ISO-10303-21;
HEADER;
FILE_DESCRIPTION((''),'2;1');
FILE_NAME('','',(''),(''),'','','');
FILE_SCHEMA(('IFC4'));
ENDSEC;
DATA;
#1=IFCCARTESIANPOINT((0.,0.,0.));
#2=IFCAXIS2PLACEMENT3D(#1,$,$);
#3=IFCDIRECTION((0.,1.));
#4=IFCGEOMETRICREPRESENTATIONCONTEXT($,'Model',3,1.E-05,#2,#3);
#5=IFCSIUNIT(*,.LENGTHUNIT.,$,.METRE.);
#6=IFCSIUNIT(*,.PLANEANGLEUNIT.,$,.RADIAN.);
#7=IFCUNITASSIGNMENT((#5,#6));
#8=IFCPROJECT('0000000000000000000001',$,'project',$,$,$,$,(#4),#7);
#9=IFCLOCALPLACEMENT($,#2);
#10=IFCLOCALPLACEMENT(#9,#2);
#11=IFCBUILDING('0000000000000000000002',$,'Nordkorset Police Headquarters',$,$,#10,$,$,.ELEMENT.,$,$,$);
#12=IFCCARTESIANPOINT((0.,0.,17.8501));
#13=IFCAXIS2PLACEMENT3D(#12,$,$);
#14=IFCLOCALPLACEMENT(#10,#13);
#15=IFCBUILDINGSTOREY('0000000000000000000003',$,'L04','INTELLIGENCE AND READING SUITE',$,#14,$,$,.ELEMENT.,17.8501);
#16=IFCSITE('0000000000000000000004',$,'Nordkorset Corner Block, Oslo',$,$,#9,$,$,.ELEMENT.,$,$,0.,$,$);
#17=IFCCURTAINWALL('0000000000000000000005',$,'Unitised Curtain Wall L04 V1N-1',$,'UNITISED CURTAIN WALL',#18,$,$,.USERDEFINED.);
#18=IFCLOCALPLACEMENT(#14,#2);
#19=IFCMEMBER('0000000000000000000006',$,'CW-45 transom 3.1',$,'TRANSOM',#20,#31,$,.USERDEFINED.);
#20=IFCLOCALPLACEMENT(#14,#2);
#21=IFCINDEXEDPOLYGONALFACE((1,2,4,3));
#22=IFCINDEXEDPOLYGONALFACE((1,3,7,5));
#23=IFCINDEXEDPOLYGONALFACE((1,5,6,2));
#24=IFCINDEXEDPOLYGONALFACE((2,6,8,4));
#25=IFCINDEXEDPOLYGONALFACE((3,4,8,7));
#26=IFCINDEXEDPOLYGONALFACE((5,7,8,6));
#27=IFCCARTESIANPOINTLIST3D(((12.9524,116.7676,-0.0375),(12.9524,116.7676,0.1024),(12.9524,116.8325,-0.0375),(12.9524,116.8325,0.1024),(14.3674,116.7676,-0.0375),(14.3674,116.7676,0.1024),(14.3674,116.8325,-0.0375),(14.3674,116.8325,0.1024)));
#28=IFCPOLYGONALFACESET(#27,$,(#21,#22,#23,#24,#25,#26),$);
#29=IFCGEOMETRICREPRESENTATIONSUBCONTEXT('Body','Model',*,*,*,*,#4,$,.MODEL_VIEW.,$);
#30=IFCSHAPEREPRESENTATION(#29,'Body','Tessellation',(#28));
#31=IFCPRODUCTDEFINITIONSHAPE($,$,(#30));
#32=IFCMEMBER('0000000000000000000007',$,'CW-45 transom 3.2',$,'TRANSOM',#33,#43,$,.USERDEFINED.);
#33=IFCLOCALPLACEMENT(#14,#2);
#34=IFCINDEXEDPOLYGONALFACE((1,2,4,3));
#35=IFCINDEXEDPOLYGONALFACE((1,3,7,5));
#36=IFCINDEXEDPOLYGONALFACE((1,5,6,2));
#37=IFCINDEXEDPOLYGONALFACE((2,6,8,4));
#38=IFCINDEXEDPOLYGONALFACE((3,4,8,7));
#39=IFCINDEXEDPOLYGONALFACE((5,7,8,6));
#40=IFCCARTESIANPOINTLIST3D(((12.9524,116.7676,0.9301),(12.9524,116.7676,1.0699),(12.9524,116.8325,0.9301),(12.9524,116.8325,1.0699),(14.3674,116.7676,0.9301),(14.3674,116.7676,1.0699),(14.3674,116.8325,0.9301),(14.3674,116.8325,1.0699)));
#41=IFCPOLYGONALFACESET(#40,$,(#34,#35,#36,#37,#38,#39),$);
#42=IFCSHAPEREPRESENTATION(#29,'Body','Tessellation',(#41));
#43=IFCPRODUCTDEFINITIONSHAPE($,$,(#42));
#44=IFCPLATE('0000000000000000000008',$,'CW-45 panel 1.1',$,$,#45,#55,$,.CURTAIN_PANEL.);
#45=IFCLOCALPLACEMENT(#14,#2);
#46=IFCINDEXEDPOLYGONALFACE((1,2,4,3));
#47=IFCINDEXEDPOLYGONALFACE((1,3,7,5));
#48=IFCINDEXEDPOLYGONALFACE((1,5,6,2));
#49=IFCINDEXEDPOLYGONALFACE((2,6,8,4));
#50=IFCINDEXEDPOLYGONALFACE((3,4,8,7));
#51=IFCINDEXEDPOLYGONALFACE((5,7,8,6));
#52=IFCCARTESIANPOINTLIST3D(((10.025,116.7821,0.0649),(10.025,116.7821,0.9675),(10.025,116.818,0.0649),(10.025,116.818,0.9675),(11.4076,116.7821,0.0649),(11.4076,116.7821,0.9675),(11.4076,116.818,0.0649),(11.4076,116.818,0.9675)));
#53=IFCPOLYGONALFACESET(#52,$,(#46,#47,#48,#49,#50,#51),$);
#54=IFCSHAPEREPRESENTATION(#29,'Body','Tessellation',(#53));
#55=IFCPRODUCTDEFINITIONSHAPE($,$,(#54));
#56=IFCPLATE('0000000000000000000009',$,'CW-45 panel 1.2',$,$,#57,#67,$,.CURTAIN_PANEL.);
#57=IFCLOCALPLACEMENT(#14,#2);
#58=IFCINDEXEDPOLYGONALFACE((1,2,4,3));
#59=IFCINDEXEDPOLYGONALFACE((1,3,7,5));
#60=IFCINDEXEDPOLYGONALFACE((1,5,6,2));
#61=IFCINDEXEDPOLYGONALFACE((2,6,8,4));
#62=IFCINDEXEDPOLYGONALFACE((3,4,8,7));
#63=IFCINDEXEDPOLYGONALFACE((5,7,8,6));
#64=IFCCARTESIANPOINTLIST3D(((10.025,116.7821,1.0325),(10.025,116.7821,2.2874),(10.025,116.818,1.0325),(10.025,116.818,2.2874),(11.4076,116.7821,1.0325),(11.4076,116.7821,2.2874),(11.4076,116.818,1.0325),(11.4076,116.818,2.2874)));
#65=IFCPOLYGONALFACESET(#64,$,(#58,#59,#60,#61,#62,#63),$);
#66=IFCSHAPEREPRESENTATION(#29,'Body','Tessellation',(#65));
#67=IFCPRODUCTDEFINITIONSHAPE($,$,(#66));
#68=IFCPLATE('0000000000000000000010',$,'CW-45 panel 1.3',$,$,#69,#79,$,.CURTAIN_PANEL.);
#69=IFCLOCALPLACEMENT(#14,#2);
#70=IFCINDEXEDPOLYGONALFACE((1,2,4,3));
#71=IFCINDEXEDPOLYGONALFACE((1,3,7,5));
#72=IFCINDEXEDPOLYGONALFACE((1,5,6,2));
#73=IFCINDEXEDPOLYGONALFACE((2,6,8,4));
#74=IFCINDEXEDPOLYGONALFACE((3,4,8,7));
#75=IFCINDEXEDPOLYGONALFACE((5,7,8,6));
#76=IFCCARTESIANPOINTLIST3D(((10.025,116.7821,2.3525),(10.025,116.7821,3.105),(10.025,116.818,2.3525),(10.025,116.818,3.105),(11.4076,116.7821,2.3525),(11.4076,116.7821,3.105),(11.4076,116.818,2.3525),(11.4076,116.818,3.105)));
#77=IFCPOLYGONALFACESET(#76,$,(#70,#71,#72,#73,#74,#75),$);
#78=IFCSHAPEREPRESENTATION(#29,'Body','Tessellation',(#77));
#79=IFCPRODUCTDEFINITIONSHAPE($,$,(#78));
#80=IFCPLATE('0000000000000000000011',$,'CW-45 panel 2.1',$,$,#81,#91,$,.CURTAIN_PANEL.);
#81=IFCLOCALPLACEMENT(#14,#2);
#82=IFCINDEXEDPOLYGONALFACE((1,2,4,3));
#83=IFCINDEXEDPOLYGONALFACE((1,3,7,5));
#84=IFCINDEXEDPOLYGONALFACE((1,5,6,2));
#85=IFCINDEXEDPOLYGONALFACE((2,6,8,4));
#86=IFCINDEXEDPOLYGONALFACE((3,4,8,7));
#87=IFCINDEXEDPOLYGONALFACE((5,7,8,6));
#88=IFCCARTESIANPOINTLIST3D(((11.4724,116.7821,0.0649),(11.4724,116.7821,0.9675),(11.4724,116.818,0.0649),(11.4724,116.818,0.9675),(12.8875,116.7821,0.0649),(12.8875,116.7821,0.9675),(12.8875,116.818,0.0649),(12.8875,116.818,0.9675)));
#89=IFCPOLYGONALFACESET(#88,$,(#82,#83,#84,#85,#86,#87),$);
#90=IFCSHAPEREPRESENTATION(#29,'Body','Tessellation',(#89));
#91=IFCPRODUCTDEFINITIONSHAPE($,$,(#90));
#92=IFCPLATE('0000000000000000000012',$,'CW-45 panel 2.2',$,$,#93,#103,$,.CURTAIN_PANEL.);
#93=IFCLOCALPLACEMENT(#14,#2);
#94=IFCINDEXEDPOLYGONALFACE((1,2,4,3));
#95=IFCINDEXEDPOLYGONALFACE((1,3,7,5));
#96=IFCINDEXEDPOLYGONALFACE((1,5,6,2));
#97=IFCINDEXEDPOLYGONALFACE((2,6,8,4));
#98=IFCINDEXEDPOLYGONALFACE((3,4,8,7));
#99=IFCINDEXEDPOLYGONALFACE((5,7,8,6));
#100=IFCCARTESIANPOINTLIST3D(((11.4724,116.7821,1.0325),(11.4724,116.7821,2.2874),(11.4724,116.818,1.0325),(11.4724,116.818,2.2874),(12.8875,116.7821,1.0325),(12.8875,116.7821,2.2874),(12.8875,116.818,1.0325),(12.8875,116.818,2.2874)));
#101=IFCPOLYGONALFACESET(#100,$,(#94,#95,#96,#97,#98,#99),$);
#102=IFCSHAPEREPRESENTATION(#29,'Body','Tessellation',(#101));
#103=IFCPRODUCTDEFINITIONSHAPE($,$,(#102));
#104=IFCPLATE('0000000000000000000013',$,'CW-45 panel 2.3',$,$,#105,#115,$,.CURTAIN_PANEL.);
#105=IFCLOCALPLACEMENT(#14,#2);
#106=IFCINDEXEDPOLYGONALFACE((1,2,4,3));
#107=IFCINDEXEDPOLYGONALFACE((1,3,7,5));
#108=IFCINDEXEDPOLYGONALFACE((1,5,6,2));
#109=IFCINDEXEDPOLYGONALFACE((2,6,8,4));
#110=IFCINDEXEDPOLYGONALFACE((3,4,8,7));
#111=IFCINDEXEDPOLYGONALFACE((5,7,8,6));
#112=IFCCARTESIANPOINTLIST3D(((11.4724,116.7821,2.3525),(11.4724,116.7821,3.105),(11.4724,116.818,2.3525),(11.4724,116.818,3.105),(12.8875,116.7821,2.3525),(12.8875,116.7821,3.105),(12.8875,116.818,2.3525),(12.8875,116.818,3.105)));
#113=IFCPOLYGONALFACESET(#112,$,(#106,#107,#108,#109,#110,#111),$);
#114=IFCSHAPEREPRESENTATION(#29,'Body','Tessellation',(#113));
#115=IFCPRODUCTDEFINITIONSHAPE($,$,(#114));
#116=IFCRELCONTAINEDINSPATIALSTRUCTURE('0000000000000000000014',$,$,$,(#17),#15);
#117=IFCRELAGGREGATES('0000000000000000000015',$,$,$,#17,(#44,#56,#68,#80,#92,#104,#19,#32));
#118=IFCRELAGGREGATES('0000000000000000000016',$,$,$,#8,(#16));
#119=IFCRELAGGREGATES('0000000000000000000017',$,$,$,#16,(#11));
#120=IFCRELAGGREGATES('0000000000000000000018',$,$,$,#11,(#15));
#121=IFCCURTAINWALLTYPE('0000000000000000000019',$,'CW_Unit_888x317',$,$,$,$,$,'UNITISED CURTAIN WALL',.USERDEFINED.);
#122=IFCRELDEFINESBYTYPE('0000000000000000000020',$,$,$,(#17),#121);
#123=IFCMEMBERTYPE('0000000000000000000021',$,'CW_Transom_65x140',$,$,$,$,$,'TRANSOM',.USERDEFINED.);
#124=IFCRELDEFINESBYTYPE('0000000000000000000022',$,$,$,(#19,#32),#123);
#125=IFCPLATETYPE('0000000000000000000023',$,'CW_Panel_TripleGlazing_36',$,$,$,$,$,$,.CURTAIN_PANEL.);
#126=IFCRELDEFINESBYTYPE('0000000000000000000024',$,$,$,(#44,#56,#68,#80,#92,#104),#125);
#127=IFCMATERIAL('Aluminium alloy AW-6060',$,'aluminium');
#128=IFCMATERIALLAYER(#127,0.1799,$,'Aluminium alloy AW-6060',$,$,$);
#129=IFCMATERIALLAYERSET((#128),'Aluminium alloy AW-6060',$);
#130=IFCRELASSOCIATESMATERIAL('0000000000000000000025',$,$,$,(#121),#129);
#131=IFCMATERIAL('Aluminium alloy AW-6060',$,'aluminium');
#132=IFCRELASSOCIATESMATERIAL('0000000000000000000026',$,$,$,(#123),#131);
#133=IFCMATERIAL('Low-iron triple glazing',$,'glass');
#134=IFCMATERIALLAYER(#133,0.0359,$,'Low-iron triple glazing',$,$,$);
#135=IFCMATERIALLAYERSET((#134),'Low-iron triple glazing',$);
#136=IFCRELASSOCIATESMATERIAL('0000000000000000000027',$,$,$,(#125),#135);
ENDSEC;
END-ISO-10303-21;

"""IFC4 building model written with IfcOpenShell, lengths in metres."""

from ifc_helpers import new_model, si_unit, direction, frame, origin, origin_2d, place, context, subcontext, project, spatial, rectangle, extrude, material, layer, layer_set, material_profile, profile_set, type_object, element, aggregate, save


model = new_model("IFC4")

# Units and contexts
model_context = context("Model", 3, precision=1e-05, world=origin(), true_north=direction((0.0, 1.0)))
body_context = subcontext(model_context, "Body", "Model", "MODEL_VIEW")
ifc_project = project(units=[si_unit("LENGTHUNIT", "METRE"), si_unit("PLANEANGLEUNIT", "RADIAN")], contexts=[model_context])

# Site, building, storey
site_placement = place(None, origin())
site = spatial("IfcSite", under=ifc_project, at=site_placement, Name="Nordkorset Corner Block, Oslo", CompositionType="ELEMENT", RefElevation=0.0)
building_placement = place(site_placement, origin())
building = spatial("IfcBuilding", under=site, at=building_placement, Name="Nordkorset Police Headquarters", CompositionType="ELEMENT")
storey_placement = place(building_placement, frame((0.0, 0.0, 17.8501)))
storey = spatial("IfcBuildingStorey", under=building, at=storey_placement, Name="L04", Description="INTELLIGENCE AND READING SUITE", CompositionType="ELEMENT", Elevation=17.8501)

# Curtain wall, members, plates
ifc_material_1 = material(Name="Aluminium alloy AW-6060", Category="aluminium")
ifc_layer_1 = layer(ifc_material_1, 0.1799, Name="Aluminium alloy AW-6060")
ifc_layer_set_1 = layer_set([ifc_layer_1], Name="Aluminium alloy AW-6060")
curtain_wall_type = type_object("IfcCurtainWallType", Name="CW_Unit_888x317", ElementType="UNITISED CURTAIN WALL", PredefinedType="USERDEFINED", material=ifc_layer_set_1)
curtain_wall_placement = place(storey_placement, origin())
curtain_wall = element("IfcCurtainWall", 1, at=curtain_wall_placement, inside=storey, type_object=curtain_wall_type, Name="Unitised Curtain Wall L04 V1N-1", ObjectType="UNITISED CURTAIN WALL", PredefinedType="USERDEFINED")
ifc_material_2 = material(Name="Aluminium alloy AW-6060", Category="aluminium")
ifc_material_profile_1 = material_profile(ifc_material_2, rectangle(XDim=0.0649, YDim=0.1399, at=origin_2d()), Name="ALU TRAN 65x140")
ifc_profile_set_1 = profile_set([ifc_material_profile_1], Name="Aluminium alloy AW-6060")
member_type_1 = type_object("IfcMemberType", Name="CW_Transom_65x140", ElementType="TRANSOM", PredefinedType="USERDEFINED", material=ifc_profile_set_1)
member_1_placement = place(storey_placement, frame((12.9524, 116.8, 0.0325), z_axis=(1.0, 0.0, 0.0), x_axis=(0.0, 1.0, 0.0)))
member_1 = element("IfcMember", 2, at=member_1_placement, type_object=member_type_1, Name="CW-45 transom 3.1", ObjectType="TRANSOM", PredefinedType="USERDEFINED", context=body_context, shape_type="SweptSolid", body=[
    extrude(rectangle(XDim=0.0649, YDim=0.1399, at=origin_2d()), origin(), (0.0, 0.0, 1.0), 1.415),
])
member_2_placement = place(storey_placement, frame((12.9524, 116.8, 1.0), z_axis=(1.0, 0.0, 0.0), x_axis=(0.0, 1.0, 0.0)))
member_2 = element("IfcMember", 3, at=member_2_placement, type_object=member_type_1, Name="CW-45 transom 3.2", ObjectType="TRANSOM", PredefinedType="USERDEFINED", context=body_context, shape_type="SweptSolid", body=[
    extrude(rectangle(XDim=0.0649, YDim=0.1399, at=origin_2d()), origin(), (0.0, 0.0, 1.0), 1.415),
])
ifc_material_3 = material(Name="Low-iron triple glazing", Category="glass")
ifc_layer_2 = layer(ifc_material_3, 0.0359, Name="Low-iron triple glazing")
ifc_layer_set_2 = layer_set([ifc_layer_2], Name="Low-iron triple glazing")
plate_type = type_object("IfcPlateType", Name="CW_Panel_TripleGlazing_36", PredefinedType="CURTAIN_PANEL", material=ifc_layer_set_2)
plate_1_placement = place(storey_placement, frame((10.7163, 116.8, 0.0649), z_axis=(0.0, 0.0, 1.0), x_axis=(1.0, 0.0, 0.0)))
plate_1 = element("IfcPlate", 4, at=plate_1_placement, type_object=plate_type, Name="CW-45 panel 1.1", PredefinedType="CURTAIN_PANEL", context=body_context, shape_type="SweptSolid", body=[
    extrude(rectangle(XDim=1.3826, YDim=0.0359, at=origin_2d()), origin(), (0.0, 0.0, 1.0), 0.9026),
])
plate_2_placement = place(storey_placement, frame((10.7163, 116.8, 1.0325), z_axis=(0.0, 0.0, 1.0), x_axis=(1.0, 0.0, 0.0)))
plate_2 = element("IfcPlate", 5, at=plate_2_placement, type_object=plate_type, Name="CW-45 panel 1.2", PredefinedType="CURTAIN_PANEL", context=body_context, shape_type="SweptSolid", body=[
    extrude(rectangle(XDim=1.3826, YDim=0.0359, at=origin_2d()), origin(), (0.0, 0.0, 1.0), 1.2549),
])
plate_3_placement = place(storey_placement, frame((10.7163, 116.8, 2.3525), z_axis=(0.0, 0.0, 1.0), x_axis=(1.0, 0.0, 0.0)))
plate_3 = element("IfcPlate", 6, at=plate_3_placement, type_object=plate_type, Name="CW-45 panel 1.3", PredefinedType="CURTAIN_PANEL", context=body_context, shape_type="SweptSolid", body=[
    extrude(rectangle(XDim=1.3826, YDim=0.0359, at=origin_2d()), origin(), (0.0, 0.0, 1.0), 0.7524),
])
plate_4_placement = place(storey_placement, frame((12.1799, 116.8, 0.0649), z_axis=(0.0, 0.0, 1.0), x_axis=(1.0, 0.0, 0.0)))
plate_4 = element("IfcPlate", 7, at=plate_4_placement, type_object=plate_type, Name="CW-45 panel 2.1", PredefinedType="CURTAIN_PANEL", context=body_context, shape_type="SweptSolid", body=[
    extrude(rectangle(XDim=1.415, YDim=0.0359, at=origin_2d()), origin(), (0.0, 0.0, 1.0), 0.9026),
])
plate_5_placement = place(storey_placement, frame((12.1799, 116.8, 1.0325), z_axis=(0.0, 0.0, 1.0), x_axis=(1.0, 0.0, 0.0)))
plate_5 = element("IfcPlate", 8, at=plate_5_placement, type_object=plate_type, Name="CW-45 panel 2.2", PredefinedType="CURTAIN_PANEL", context=body_context, shape_type="SweptSolid", body=[
    extrude(rectangle(XDim=1.415, YDim=0.0359, at=origin_2d()), origin(), (0.0, 0.0, 1.0), 1.2549),
])
plate_6_placement = place(storey_placement, frame((12.1799, 116.8, 2.3525), z_axis=(0.0, 0.0, 1.0), x_axis=(1.0, 0.0, 0.0)))
plate_6 = element("IfcPlate", 9, at=plate_6_placement, type_object=plate_type, Name="CW-45 panel 2.3", PredefinedType="CURTAIN_PANEL", context=body_context, shape_type="SweptSolid", body=[
    extrude(rectangle(XDim=1.415, YDim=0.0359, at=origin_2d()), origin(), (0.0, 0.0, 1.0), 0.7524),
])
aggregate(curtain_wall, [plate_1, plate_2, plate_3, plate_4, plate_5, plate_6, member_1, member_2])

save(model, "model.ifc")
